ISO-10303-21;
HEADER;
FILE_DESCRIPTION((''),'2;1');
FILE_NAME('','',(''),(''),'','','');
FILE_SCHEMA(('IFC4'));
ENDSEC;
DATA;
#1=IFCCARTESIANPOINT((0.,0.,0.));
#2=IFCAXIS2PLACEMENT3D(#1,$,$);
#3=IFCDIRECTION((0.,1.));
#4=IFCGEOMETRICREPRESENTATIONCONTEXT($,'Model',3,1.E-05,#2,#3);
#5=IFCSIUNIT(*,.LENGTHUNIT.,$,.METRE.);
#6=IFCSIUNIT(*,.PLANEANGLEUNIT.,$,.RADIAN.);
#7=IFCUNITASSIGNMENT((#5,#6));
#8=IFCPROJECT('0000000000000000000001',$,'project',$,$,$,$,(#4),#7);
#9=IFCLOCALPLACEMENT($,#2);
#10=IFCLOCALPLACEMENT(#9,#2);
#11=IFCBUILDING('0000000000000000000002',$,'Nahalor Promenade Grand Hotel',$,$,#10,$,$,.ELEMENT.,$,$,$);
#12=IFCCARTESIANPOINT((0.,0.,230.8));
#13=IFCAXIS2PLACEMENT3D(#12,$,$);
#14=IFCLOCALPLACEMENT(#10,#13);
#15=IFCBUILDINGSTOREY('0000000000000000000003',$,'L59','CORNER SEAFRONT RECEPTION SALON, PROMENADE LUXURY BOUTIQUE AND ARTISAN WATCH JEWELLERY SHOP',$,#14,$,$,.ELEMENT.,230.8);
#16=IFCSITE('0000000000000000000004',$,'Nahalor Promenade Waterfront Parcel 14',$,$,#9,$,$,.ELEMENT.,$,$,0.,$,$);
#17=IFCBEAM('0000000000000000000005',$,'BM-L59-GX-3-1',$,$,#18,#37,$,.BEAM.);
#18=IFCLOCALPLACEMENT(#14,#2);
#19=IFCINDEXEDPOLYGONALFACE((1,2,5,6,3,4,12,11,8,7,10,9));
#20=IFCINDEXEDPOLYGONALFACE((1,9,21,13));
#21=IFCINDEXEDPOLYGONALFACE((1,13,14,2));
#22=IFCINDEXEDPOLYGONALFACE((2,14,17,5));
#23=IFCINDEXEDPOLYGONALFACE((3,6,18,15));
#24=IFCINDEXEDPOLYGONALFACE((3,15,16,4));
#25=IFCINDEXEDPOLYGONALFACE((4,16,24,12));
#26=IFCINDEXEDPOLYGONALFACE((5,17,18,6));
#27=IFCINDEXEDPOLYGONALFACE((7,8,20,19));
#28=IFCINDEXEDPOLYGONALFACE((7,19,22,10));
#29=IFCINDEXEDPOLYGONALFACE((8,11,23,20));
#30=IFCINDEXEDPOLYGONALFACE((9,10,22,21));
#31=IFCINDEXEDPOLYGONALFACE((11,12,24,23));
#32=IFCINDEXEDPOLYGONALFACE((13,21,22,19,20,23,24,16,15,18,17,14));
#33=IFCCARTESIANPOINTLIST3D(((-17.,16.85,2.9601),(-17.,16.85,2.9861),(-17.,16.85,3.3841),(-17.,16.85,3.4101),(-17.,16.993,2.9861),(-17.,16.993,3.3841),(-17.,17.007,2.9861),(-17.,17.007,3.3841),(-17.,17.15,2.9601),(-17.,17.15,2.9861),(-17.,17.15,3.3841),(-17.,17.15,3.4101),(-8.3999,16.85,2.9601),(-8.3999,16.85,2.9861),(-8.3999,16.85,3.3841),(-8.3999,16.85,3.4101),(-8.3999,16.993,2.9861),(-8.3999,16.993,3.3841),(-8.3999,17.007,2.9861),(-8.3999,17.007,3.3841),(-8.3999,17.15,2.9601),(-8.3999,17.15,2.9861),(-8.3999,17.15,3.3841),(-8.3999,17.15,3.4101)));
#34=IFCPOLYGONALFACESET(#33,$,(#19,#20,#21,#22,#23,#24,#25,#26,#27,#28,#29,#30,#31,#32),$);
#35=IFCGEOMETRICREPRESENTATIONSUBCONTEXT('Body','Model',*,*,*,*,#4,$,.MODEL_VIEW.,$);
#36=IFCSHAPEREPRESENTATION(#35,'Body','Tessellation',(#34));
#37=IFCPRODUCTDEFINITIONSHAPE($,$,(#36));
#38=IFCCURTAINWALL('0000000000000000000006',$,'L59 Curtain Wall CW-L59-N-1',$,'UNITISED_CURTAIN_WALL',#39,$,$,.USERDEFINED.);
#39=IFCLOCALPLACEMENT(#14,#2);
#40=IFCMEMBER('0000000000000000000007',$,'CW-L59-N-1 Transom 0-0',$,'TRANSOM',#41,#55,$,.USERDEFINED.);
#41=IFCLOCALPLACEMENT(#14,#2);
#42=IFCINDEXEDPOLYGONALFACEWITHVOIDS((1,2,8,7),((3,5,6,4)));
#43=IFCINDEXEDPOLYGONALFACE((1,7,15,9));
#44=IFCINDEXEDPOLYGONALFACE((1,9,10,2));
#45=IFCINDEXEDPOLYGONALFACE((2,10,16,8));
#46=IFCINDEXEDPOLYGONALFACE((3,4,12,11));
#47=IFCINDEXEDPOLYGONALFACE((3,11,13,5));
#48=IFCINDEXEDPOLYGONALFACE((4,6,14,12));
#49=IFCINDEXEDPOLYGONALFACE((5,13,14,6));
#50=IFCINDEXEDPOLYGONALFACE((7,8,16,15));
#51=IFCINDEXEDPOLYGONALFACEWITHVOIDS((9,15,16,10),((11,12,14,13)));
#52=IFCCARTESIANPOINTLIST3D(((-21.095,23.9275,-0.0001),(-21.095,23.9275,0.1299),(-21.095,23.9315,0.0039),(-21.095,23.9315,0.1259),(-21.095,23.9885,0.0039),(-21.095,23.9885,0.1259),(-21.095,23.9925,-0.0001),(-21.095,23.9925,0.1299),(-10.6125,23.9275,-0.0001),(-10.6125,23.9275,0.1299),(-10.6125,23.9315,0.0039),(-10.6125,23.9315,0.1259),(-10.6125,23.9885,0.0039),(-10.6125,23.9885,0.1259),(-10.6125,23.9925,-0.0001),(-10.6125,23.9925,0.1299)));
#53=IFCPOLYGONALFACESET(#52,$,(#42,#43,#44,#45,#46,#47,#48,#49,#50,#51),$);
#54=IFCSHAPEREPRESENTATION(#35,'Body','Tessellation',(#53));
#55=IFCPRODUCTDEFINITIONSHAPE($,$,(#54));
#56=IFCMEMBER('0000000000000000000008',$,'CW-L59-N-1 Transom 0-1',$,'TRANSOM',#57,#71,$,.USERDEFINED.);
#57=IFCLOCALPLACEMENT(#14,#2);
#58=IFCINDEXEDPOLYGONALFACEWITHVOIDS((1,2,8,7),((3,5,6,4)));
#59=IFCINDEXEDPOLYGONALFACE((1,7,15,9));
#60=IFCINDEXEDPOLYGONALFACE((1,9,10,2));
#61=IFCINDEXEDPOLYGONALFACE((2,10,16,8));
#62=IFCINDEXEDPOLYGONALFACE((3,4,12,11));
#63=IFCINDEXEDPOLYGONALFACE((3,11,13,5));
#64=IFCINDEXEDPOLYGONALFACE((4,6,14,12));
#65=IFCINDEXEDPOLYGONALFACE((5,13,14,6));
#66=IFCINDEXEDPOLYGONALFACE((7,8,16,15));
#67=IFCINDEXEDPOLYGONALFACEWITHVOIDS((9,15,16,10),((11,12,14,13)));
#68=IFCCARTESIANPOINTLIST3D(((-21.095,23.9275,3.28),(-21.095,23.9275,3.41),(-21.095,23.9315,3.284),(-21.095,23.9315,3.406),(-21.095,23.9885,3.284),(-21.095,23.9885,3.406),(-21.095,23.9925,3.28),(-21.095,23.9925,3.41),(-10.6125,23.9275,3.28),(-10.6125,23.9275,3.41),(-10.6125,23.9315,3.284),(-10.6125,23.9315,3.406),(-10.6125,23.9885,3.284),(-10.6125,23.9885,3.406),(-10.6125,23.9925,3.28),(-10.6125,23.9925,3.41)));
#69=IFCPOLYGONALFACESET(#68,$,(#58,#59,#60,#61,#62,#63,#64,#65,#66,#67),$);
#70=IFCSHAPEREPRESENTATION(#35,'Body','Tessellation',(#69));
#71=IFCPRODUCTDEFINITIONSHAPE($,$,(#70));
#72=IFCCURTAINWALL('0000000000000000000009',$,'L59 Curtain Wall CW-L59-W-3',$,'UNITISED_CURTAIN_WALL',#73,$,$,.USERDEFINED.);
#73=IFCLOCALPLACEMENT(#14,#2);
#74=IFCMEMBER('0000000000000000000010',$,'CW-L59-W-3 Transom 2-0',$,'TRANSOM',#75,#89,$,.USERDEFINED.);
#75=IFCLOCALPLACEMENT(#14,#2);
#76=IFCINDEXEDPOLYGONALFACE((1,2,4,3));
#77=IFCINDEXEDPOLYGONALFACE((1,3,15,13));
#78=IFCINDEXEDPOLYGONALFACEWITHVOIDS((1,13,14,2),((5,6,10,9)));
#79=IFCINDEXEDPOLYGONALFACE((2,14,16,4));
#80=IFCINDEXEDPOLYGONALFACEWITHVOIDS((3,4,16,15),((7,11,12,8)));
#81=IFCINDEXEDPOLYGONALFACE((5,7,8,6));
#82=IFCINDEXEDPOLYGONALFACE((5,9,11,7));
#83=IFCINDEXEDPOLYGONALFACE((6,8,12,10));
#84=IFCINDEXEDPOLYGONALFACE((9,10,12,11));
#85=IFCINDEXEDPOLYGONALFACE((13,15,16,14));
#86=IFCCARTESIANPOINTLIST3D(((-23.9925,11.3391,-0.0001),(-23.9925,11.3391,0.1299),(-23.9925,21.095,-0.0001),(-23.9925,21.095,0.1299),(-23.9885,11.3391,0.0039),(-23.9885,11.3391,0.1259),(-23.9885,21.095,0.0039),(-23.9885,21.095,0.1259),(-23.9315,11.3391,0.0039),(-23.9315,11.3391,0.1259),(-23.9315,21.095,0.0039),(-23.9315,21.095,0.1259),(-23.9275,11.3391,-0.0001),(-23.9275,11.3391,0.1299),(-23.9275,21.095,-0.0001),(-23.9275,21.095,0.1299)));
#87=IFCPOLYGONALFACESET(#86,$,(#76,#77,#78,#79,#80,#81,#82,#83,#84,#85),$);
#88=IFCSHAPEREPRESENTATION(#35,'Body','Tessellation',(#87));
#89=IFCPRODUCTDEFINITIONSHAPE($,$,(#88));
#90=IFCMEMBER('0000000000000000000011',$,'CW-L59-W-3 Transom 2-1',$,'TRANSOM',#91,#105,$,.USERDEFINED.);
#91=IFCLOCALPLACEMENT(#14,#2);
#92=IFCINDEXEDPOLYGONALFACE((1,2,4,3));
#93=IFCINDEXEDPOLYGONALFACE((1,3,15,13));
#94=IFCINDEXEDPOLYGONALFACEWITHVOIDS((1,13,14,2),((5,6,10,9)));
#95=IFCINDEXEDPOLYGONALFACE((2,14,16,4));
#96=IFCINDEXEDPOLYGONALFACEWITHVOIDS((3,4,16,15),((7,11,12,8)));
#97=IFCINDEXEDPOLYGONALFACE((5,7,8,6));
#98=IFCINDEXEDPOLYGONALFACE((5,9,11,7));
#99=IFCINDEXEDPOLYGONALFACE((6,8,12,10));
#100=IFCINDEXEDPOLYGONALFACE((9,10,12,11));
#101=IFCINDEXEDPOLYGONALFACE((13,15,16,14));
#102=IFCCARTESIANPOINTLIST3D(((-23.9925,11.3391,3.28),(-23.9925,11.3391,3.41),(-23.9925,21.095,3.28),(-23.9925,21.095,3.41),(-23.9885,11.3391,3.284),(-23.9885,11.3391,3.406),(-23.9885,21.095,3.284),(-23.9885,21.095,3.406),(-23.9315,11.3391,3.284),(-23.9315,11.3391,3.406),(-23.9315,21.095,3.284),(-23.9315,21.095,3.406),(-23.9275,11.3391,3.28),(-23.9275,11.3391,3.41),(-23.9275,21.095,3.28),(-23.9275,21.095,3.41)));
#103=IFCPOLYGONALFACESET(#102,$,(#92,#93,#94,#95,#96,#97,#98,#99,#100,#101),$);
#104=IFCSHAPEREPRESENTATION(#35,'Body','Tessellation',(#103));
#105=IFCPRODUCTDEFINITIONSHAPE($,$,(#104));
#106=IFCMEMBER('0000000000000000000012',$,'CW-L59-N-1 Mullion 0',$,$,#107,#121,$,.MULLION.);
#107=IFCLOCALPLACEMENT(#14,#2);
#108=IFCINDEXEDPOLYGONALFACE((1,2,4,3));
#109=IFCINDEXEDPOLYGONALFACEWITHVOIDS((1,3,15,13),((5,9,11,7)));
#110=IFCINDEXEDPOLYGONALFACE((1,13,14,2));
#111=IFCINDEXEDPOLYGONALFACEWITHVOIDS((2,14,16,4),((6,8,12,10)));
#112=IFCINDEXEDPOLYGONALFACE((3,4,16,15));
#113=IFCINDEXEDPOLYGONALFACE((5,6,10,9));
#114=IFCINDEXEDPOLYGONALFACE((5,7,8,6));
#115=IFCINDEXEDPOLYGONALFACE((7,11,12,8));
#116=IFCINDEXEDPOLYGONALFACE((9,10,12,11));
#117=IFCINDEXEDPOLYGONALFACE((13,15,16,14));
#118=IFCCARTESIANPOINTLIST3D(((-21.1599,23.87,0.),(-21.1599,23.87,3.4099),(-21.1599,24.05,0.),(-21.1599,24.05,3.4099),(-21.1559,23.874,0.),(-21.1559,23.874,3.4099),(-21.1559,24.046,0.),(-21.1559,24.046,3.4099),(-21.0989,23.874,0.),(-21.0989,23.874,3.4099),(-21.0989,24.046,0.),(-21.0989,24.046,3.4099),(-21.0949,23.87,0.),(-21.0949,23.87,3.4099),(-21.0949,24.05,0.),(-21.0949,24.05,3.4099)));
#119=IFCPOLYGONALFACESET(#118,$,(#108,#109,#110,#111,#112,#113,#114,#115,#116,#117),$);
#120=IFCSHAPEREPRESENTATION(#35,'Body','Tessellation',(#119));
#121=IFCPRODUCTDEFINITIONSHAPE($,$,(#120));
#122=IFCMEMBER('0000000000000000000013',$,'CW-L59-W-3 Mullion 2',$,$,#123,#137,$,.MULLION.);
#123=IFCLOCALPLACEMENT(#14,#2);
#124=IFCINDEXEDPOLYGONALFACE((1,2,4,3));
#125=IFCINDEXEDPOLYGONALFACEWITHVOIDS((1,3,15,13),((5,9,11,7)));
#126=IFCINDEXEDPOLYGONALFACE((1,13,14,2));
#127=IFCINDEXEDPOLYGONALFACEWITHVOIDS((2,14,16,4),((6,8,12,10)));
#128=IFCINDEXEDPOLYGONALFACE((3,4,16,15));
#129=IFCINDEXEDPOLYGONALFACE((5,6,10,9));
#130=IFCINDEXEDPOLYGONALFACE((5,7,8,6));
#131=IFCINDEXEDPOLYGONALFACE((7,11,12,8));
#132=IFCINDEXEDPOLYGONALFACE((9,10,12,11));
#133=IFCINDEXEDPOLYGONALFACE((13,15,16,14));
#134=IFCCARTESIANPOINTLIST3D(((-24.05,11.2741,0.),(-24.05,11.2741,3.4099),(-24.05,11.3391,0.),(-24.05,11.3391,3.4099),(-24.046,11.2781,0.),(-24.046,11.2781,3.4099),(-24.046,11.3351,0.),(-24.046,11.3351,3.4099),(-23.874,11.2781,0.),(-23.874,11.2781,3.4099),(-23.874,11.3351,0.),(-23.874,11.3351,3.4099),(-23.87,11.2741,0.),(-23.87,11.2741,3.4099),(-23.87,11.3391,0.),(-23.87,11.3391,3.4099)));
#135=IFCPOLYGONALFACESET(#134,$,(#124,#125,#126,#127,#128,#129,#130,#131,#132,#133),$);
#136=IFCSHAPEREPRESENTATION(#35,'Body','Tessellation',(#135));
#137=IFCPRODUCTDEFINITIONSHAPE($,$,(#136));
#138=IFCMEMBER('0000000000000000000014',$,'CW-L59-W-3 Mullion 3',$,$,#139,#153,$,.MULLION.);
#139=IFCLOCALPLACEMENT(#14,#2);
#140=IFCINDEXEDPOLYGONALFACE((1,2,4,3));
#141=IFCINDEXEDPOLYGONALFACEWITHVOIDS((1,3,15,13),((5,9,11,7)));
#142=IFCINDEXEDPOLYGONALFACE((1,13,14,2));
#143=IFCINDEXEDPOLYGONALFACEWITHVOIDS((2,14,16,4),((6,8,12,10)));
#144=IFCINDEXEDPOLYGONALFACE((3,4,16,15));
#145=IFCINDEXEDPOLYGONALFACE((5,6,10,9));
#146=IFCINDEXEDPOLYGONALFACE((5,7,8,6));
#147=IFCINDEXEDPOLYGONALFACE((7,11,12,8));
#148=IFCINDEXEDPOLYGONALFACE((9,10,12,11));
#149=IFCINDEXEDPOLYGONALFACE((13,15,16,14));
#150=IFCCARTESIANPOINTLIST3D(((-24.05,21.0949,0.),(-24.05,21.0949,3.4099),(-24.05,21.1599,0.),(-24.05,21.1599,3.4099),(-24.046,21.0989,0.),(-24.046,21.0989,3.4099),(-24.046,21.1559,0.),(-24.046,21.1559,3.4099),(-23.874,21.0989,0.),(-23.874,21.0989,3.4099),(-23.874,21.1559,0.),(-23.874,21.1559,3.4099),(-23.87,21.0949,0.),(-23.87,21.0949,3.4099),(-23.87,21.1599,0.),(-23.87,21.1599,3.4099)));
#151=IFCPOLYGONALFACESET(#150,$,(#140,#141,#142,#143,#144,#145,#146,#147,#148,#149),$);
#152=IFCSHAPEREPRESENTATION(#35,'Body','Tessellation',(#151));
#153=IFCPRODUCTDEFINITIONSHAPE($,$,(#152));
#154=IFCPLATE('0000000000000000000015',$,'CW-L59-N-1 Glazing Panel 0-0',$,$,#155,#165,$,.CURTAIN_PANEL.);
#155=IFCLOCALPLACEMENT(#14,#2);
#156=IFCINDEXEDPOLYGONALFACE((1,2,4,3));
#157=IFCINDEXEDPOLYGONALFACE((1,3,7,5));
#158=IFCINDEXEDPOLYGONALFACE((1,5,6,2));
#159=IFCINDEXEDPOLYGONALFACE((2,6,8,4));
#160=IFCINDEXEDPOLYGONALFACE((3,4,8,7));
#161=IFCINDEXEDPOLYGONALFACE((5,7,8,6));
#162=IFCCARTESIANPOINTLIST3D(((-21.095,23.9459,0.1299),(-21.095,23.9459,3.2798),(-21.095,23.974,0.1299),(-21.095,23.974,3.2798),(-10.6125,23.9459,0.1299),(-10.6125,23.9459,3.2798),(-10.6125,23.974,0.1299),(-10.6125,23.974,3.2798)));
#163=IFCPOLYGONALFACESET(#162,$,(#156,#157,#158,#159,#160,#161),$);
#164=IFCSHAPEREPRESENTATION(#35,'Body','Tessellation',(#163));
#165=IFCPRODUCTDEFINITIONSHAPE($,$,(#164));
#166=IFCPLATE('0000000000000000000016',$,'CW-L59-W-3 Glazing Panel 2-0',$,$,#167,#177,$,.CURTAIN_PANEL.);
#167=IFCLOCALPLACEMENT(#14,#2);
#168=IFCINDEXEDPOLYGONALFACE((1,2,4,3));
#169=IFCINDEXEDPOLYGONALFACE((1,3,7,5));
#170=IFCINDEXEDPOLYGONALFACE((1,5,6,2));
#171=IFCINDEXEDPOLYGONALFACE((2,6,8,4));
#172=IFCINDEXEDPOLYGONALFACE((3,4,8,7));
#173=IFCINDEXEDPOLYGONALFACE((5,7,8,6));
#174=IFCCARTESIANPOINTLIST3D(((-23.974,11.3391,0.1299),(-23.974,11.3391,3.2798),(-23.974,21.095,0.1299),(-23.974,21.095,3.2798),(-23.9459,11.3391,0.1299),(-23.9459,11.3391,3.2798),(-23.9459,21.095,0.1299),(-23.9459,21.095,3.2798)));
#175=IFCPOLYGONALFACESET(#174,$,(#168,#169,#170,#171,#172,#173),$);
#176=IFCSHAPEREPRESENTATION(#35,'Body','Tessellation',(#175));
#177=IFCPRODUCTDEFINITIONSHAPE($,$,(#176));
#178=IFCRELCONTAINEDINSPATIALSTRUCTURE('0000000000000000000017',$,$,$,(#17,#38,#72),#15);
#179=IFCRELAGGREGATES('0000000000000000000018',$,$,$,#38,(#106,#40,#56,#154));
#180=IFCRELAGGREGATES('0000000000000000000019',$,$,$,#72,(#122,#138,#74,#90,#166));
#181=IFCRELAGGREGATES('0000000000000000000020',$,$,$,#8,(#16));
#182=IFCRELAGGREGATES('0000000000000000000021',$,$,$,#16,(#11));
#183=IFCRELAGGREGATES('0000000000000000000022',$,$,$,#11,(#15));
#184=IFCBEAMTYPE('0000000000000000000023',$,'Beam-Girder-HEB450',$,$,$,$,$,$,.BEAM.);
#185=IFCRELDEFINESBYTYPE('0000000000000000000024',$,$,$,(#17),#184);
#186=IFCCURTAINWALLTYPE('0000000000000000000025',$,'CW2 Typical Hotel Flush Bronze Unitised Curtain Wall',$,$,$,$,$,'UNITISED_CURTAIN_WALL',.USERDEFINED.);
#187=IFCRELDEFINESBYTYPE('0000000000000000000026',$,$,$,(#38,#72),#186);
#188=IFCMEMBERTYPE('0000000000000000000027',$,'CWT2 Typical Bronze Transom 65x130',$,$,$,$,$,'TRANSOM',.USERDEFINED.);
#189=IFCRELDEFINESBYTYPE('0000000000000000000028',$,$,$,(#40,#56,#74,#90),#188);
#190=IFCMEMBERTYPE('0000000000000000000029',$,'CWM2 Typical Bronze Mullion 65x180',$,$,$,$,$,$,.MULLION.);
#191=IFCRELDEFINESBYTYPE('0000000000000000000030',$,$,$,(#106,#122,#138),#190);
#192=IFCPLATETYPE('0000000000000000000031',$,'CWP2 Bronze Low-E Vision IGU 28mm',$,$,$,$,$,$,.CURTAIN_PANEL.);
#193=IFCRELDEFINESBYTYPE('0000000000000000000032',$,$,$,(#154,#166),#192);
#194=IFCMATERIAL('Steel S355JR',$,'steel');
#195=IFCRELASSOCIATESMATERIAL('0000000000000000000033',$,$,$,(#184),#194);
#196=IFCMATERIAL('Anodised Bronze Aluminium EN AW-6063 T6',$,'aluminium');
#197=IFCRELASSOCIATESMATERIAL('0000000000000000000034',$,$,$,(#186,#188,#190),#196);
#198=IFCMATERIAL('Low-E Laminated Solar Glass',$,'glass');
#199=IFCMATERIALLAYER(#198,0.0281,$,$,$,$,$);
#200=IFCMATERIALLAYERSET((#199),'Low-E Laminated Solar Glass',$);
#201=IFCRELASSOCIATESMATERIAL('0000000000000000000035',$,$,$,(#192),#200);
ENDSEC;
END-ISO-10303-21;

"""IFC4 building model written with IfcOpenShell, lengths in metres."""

from ifc_helpers import new_model, si_unit, direction, frame, origin, origin_2d, place, context, subcontext, project, spatial, rectangle, hollow_rectangle, i_section, extrude, source, transform, mapped, material, layer, layer_set, material_profile, profile_set, type_object, element, aggregate, save


model = new_model("IFC4")

# Units and contexts
model_context = context("Model", 3, precision=1e-05, world=origin(), true_north=direction((0.0, 1.0)))
body_context = subcontext(model_context, "Body", "Model", "MODEL_VIEW")
ifc_project = project(units=[si_unit("LENGTHUNIT", "METRE"), si_unit("PLANEANGLEUNIT", "RADIAN")], contexts=[model_context])

# Site, building, storey
site_placement = place(None, origin())
site = spatial("IfcSite", under=ifc_project, at=site_placement, Name="Nahalor Promenade Waterfront Parcel 14", CompositionType="ELEMENT", RefElevation=0.0)
building_placement = place(site_placement, origin())
building = spatial("IfcBuilding", under=site, at=building_placement, Name="Nahalor Promenade Grand Hotel", CompositionType="ELEMENT")
storey_placement = place(building_placement, frame((0.0, 0.0, 230.8)))
storey = spatial("IfcBuildingStorey", under=building, at=storey_placement, Name="L59", Description="CORNER SEAFRONT RECEPTION SALON, PROMENADE LUXURY BOUTIQUE AND ARTISAN WATCH JEWELLERY SHOP", CompositionType="ELEMENT", Elevation=230.8)

# Shared definitions
ifc_material_1 = material(Name="Steel S355JR", Category="steel")

# Beam
ifc_material_profile_1 = material_profile(ifc_material_1, i_section(OverallWidth=0.3, OverallDepth=0.45, WebThickness=0.014, FlangeThickness=0.026, at=origin_2d()), Name="HEB 450")
ifc_profile_set_1 = profile_set([ifc_material_profile_1], Name="Steel S355JR")
beam_type_1 = type_object("IfcBeamType", Name="Beam-Girder-HEB450", PredefinedType="BEAM", material=ifc_profile_set_1)
shared_shape_1 = source(origin(), body_context, "Body", "SweptSolid", [
    extrude(i_section(OverallWidth=0.3, OverallDepth=0.45, WebThickness=0.014, FlangeThickness=0.026, at=origin_2d()), origin(), (0.0, 0.0, 1.0), 8.6001),
])
beam_1_placement = place(storey_placement, frame((-17.0, 17.0, 3.1851), z_axis=(1.0, 0.0, 0.0), x_axis=(0.0, 1.0, 0.0)))
element("IfcBeam", 1, at=beam_1_placement, inside=storey, type_object=beam_type_1, Name="BM-L59-GX-3-1", PredefinedType="BEAM", context=body_context, shape_type="MappedRepresentation", body=[
    mapped(shared_shape_1, transform((0.0, 0.0, 0.0), scale=1.0)),
])

# Curtain walls, members
ifc_material_2 = material(Name="Anodised Bronze Aluminium EN AW-6063 T6", Category="aluminium")
curtain_wall_type = type_object("IfcCurtainWallType", Name="CW2 Typical Hotel Flush Bronze Unitised Curtain Wall", ElementType="UNITISED_CURTAIN_WALL", PredefinedType="USERDEFINED", material=ifc_material_2)
curtain_wall_1_placement = place(storey_placement, origin())
curtain_wall_1 = element("IfcCurtainWall", 2, at=curtain_wall_1_placement, inside=storey, type_object=curtain_wall_type, Name="L59 Curtain Wall CW-L59-N-1", ObjectType="UNITISED_CURTAIN_WALL", PredefinedType="USERDEFINED")
ifc_material_profile_2 = material_profile(ifc_material_2, hollow_rectangle(XDim=0.065, YDim=0.13, WallThickness=0.004, at=origin_2d()), Name="CWT 65x130x4")
ifc_profile_set_2 = profile_set([ifc_material_profile_2], Name="Anodised Bronze Aluminium EN AW-6063 T6")
member_type_1 = type_object("IfcMemberType", Name="CWT2 Typical Bronze Transom 65x130", ElementType="TRANSOM", PredefinedType="USERDEFINED", material=ifc_profile_set_2)
shared_shape_2 = source(origin(), body_context, "Body", "SweptSolid", [
    extrude(hollow_rectangle(XDim=0.065, YDim=0.13, WallThickness=0.004, at=origin_2d()), origin(), (0.0, 0.0, 1.0), 10.4824),
])
member_1_placement = place(storey_placement, frame((-21.095, 23.96, 0.0649), z_axis=(1.0, 0.0, 0.0), x_axis=(0.0, 1.0, 0.0)))
member_1 = element("IfcMember", 3, at=member_1_placement, type_object=member_type_1, Name="CW-L59-N-1 Transom 0-0", ObjectType="TRANSOM", PredefinedType="USERDEFINED", context=body_context, shape_type="MappedRepresentation", body=[
    mapped(shared_shape_2, transform((0.0, 0.0, 0.0), scale=1.0)),
])
member_2_placement = place(storey_placement, frame((-21.095, 23.96, 3.345), z_axis=(1.0, 0.0, 0.0), x_axis=(0.0, 1.0, 0.0)))
member_2 = element("IfcMember", 4, at=member_2_placement, type_object=member_type_1, Name="CW-L59-N-1 Transom 0-1", ObjectType="TRANSOM", PredefinedType="USERDEFINED", context=body_context, shape_type="MappedRepresentation", body=[
    mapped(shared_shape_2, transform((0.0, 0.0, 0.0), scale=1.0)),
])
curtain_wall_2_placement = place(storey_placement, origin())
curtain_wall_2 = element("IfcCurtainWall", 5, at=curtain_wall_2_placement, inside=storey, type_object=curtain_wall_type, Name="L59 Curtain Wall CW-L59-W-3", ObjectType="UNITISED_CURTAIN_WALL", PredefinedType="USERDEFINED")
shared_shape_3 = source(origin(), body_context, "Body", "SweptSolid", [
    extrude(hollow_rectangle(XDim=0.065, YDim=0.13, WallThickness=0.004, at=origin_2d()), origin(), (0.0, 0.0, 1.0), 9.7559),
])
member_3_placement = place(storey_placement, frame((-23.96, 11.3391, 0.0649), z_axis=(0.0, 1.0, 0.0), x_axis=(-1.0, 0.0, 0.0)))
member_3 = element("IfcMember", 6, at=member_3_placement, type_object=member_type_1, Name="CW-L59-W-3 Transom 2-0", ObjectType="TRANSOM", PredefinedType="USERDEFINED", context=body_context, shape_type="MappedRepresentation", body=[
    mapped(shared_shape_3, transform((0.0, 0.0, 0.0), scale=1.0)),
])
member_4_placement = place(storey_placement, frame((-23.96, 11.3391, 3.345), z_axis=(0.0, 1.0, 0.0), x_axis=(-1.0, 0.0, 0.0)))
member_4 = element("IfcMember", 7, at=member_4_placement, type_object=member_type_1, Name="CW-L59-W-3 Transom 2-1", ObjectType="TRANSOM", PredefinedType="USERDEFINED", context=body_context, shape_type="MappedRepresentation", body=[
    mapped(shared_shape_3, transform((0.0, 0.0, 0.0), scale=1.0)),
])

# Members
ifc_material_profile_3 = material_profile(ifc_material_2, hollow_rectangle(XDim=0.065, YDim=0.18, WallThickness=0.004, at=origin_2d()), Name="CWM 65x180x4")
ifc_profile_set_3 = profile_set([ifc_material_profile_3], Name="Anodised Bronze Aluminium EN AW-6063 T6")
member_type_2 = type_object("IfcMemberType", Name="CWM2 Typical Bronze Mullion 65x180", PredefinedType="MULLION", material=ifc_profile_set_3)
shared_shape_4 = source(origin(), body_context, "Body", "SweptSolid", [
    extrude(hollow_rectangle(XDim=0.065, YDim=0.18, WallThickness=0.004, at=origin_2d()), origin(), (0.0, 0.0, 1.0), 3.4099),
])
member_5_placement = place(storey_placement, frame((-21.1274, 23.96, 0.0), z_axis=(0.0, 0.0, 1.0), x_axis=(1.0, 0.0, 0.0)))
member_5 = element("IfcMember", 8, at=member_5_placement, type_object=member_type_2, Name="CW-L59-N-1 Mullion 0", PredefinedType="MULLION", context=body_context, shape_type="MappedRepresentation", body=[
    mapped(shared_shape_4, transform((0.0, 0.0, 0.0), scale=1.0)),
])
member_6_placement = place(storey_placement, frame((-23.96, 11.3066, 0.0), z_axis=(0.0, 0.0, 1.0), x_axis=(0.0, 1.0, 0.0)))
member_6 = element("IfcMember", 9, at=member_6_placement, type_object=member_type_2, Name="CW-L59-W-3 Mullion 2", PredefinedType="MULLION", context=body_context, shape_type="MappedRepresentation", body=[
    mapped(shared_shape_4, transform((0.0, 0.0, 0.0), scale=1.0)),
])
member_7_placement = place(storey_placement, frame((-23.96, 21.1274, 0.0), z_axis=(0.0, 0.0, 1.0), x_axis=(0.0, 1.0, 0.0)))
member_7 = element("IfcMember", 10, at=member_7_placement, type_object=member_type_2, Name="CW-L59-W-3 Mullion 3", PredefinedType="MULLION", context=body_context, shape_type="MappedRepresentation", body=[
    mapped(shared_shape_4, transform((0.0, 0.0, 0.0), scale=1.0)),
])

# Plates
ifc_material_3 = material(Name="Low-E Laminated Solar Glass", Category="glass")
ifc_layer_1 = layer(ifc_material_3, 0.0281)
ifc_layer_set_1 = layer_set([ifc_layer_1], Name="Low-E Laminated Solar Glass")
plate_type = type_object("IfcPlateType", Name="CWP2 Bronze Low-E Vision IGU 28mm", PredefinedType="CURTAIN_PANEL", material=ifc_layer_set_1)
shared_shape_5 = source(origin(), body_context, "Body", "SweptSolid", [
    extrude(rectangle(XDim=10.4824, YDim=0.0281, at=origin_2d()), origin(), (0.0, 0.0, 1.0), 3.1499),
])
plate_1_placement = place(storey_placement, frame((-15.8538, 23.96, 0.1299), z_axis=(0.0, 0.0, 1.0), x_axis=(1.0, 0.0, 0.0)))
plate_1 = element("IfcPlate", 11, at=plate_1_placement, type_object=plate_type, Name="CW-L59-N-1 Glazing Panel 0-0", PredefinedType="CURTAIN_PANEL", context=body_context, shape_type="MappedRepresentation", body=[
    mapped(shared_shape_5, transform((0.0, 0.0, 0.0), scale=1.0)),
])
aggregate(curtain_wall_1, [member_5, member_1, member_2, plate_1])
shared_shape_6 = source(origin(), body_context, "Body", "SweptSolid", [
    extrude(rectangle(XDim=9.7559, YDim=0.0281, at=origin_2d()), origin(), (0.0, 0.0, 1.0), 3.1499),
])
plate_2_placement = place(storey_placement, frame((-23.96, 16.217, 0.1299), z_axis=(0.0, 0.0, 1.0), x_axis=(0.0, 1.0, 0.0)))
plate_2 = element("IfcPlate", 12, at=plate_2_placement, type_object=plate_type, Name="CW-L59-W-3 Glazing Panel 2-0", PredefinedType="CURTAIN_PANEL", context=body_context, shape_type="MappedRepresentation", body=[
    mapped(shared_shape_6, transform((0.0, 0.0, 0.0), scale=1.0)),
])
aggregate(curtain_wall_2, [member_6, member_7, member_3, member_4, plate_2])

save(model, "model.ifc")
